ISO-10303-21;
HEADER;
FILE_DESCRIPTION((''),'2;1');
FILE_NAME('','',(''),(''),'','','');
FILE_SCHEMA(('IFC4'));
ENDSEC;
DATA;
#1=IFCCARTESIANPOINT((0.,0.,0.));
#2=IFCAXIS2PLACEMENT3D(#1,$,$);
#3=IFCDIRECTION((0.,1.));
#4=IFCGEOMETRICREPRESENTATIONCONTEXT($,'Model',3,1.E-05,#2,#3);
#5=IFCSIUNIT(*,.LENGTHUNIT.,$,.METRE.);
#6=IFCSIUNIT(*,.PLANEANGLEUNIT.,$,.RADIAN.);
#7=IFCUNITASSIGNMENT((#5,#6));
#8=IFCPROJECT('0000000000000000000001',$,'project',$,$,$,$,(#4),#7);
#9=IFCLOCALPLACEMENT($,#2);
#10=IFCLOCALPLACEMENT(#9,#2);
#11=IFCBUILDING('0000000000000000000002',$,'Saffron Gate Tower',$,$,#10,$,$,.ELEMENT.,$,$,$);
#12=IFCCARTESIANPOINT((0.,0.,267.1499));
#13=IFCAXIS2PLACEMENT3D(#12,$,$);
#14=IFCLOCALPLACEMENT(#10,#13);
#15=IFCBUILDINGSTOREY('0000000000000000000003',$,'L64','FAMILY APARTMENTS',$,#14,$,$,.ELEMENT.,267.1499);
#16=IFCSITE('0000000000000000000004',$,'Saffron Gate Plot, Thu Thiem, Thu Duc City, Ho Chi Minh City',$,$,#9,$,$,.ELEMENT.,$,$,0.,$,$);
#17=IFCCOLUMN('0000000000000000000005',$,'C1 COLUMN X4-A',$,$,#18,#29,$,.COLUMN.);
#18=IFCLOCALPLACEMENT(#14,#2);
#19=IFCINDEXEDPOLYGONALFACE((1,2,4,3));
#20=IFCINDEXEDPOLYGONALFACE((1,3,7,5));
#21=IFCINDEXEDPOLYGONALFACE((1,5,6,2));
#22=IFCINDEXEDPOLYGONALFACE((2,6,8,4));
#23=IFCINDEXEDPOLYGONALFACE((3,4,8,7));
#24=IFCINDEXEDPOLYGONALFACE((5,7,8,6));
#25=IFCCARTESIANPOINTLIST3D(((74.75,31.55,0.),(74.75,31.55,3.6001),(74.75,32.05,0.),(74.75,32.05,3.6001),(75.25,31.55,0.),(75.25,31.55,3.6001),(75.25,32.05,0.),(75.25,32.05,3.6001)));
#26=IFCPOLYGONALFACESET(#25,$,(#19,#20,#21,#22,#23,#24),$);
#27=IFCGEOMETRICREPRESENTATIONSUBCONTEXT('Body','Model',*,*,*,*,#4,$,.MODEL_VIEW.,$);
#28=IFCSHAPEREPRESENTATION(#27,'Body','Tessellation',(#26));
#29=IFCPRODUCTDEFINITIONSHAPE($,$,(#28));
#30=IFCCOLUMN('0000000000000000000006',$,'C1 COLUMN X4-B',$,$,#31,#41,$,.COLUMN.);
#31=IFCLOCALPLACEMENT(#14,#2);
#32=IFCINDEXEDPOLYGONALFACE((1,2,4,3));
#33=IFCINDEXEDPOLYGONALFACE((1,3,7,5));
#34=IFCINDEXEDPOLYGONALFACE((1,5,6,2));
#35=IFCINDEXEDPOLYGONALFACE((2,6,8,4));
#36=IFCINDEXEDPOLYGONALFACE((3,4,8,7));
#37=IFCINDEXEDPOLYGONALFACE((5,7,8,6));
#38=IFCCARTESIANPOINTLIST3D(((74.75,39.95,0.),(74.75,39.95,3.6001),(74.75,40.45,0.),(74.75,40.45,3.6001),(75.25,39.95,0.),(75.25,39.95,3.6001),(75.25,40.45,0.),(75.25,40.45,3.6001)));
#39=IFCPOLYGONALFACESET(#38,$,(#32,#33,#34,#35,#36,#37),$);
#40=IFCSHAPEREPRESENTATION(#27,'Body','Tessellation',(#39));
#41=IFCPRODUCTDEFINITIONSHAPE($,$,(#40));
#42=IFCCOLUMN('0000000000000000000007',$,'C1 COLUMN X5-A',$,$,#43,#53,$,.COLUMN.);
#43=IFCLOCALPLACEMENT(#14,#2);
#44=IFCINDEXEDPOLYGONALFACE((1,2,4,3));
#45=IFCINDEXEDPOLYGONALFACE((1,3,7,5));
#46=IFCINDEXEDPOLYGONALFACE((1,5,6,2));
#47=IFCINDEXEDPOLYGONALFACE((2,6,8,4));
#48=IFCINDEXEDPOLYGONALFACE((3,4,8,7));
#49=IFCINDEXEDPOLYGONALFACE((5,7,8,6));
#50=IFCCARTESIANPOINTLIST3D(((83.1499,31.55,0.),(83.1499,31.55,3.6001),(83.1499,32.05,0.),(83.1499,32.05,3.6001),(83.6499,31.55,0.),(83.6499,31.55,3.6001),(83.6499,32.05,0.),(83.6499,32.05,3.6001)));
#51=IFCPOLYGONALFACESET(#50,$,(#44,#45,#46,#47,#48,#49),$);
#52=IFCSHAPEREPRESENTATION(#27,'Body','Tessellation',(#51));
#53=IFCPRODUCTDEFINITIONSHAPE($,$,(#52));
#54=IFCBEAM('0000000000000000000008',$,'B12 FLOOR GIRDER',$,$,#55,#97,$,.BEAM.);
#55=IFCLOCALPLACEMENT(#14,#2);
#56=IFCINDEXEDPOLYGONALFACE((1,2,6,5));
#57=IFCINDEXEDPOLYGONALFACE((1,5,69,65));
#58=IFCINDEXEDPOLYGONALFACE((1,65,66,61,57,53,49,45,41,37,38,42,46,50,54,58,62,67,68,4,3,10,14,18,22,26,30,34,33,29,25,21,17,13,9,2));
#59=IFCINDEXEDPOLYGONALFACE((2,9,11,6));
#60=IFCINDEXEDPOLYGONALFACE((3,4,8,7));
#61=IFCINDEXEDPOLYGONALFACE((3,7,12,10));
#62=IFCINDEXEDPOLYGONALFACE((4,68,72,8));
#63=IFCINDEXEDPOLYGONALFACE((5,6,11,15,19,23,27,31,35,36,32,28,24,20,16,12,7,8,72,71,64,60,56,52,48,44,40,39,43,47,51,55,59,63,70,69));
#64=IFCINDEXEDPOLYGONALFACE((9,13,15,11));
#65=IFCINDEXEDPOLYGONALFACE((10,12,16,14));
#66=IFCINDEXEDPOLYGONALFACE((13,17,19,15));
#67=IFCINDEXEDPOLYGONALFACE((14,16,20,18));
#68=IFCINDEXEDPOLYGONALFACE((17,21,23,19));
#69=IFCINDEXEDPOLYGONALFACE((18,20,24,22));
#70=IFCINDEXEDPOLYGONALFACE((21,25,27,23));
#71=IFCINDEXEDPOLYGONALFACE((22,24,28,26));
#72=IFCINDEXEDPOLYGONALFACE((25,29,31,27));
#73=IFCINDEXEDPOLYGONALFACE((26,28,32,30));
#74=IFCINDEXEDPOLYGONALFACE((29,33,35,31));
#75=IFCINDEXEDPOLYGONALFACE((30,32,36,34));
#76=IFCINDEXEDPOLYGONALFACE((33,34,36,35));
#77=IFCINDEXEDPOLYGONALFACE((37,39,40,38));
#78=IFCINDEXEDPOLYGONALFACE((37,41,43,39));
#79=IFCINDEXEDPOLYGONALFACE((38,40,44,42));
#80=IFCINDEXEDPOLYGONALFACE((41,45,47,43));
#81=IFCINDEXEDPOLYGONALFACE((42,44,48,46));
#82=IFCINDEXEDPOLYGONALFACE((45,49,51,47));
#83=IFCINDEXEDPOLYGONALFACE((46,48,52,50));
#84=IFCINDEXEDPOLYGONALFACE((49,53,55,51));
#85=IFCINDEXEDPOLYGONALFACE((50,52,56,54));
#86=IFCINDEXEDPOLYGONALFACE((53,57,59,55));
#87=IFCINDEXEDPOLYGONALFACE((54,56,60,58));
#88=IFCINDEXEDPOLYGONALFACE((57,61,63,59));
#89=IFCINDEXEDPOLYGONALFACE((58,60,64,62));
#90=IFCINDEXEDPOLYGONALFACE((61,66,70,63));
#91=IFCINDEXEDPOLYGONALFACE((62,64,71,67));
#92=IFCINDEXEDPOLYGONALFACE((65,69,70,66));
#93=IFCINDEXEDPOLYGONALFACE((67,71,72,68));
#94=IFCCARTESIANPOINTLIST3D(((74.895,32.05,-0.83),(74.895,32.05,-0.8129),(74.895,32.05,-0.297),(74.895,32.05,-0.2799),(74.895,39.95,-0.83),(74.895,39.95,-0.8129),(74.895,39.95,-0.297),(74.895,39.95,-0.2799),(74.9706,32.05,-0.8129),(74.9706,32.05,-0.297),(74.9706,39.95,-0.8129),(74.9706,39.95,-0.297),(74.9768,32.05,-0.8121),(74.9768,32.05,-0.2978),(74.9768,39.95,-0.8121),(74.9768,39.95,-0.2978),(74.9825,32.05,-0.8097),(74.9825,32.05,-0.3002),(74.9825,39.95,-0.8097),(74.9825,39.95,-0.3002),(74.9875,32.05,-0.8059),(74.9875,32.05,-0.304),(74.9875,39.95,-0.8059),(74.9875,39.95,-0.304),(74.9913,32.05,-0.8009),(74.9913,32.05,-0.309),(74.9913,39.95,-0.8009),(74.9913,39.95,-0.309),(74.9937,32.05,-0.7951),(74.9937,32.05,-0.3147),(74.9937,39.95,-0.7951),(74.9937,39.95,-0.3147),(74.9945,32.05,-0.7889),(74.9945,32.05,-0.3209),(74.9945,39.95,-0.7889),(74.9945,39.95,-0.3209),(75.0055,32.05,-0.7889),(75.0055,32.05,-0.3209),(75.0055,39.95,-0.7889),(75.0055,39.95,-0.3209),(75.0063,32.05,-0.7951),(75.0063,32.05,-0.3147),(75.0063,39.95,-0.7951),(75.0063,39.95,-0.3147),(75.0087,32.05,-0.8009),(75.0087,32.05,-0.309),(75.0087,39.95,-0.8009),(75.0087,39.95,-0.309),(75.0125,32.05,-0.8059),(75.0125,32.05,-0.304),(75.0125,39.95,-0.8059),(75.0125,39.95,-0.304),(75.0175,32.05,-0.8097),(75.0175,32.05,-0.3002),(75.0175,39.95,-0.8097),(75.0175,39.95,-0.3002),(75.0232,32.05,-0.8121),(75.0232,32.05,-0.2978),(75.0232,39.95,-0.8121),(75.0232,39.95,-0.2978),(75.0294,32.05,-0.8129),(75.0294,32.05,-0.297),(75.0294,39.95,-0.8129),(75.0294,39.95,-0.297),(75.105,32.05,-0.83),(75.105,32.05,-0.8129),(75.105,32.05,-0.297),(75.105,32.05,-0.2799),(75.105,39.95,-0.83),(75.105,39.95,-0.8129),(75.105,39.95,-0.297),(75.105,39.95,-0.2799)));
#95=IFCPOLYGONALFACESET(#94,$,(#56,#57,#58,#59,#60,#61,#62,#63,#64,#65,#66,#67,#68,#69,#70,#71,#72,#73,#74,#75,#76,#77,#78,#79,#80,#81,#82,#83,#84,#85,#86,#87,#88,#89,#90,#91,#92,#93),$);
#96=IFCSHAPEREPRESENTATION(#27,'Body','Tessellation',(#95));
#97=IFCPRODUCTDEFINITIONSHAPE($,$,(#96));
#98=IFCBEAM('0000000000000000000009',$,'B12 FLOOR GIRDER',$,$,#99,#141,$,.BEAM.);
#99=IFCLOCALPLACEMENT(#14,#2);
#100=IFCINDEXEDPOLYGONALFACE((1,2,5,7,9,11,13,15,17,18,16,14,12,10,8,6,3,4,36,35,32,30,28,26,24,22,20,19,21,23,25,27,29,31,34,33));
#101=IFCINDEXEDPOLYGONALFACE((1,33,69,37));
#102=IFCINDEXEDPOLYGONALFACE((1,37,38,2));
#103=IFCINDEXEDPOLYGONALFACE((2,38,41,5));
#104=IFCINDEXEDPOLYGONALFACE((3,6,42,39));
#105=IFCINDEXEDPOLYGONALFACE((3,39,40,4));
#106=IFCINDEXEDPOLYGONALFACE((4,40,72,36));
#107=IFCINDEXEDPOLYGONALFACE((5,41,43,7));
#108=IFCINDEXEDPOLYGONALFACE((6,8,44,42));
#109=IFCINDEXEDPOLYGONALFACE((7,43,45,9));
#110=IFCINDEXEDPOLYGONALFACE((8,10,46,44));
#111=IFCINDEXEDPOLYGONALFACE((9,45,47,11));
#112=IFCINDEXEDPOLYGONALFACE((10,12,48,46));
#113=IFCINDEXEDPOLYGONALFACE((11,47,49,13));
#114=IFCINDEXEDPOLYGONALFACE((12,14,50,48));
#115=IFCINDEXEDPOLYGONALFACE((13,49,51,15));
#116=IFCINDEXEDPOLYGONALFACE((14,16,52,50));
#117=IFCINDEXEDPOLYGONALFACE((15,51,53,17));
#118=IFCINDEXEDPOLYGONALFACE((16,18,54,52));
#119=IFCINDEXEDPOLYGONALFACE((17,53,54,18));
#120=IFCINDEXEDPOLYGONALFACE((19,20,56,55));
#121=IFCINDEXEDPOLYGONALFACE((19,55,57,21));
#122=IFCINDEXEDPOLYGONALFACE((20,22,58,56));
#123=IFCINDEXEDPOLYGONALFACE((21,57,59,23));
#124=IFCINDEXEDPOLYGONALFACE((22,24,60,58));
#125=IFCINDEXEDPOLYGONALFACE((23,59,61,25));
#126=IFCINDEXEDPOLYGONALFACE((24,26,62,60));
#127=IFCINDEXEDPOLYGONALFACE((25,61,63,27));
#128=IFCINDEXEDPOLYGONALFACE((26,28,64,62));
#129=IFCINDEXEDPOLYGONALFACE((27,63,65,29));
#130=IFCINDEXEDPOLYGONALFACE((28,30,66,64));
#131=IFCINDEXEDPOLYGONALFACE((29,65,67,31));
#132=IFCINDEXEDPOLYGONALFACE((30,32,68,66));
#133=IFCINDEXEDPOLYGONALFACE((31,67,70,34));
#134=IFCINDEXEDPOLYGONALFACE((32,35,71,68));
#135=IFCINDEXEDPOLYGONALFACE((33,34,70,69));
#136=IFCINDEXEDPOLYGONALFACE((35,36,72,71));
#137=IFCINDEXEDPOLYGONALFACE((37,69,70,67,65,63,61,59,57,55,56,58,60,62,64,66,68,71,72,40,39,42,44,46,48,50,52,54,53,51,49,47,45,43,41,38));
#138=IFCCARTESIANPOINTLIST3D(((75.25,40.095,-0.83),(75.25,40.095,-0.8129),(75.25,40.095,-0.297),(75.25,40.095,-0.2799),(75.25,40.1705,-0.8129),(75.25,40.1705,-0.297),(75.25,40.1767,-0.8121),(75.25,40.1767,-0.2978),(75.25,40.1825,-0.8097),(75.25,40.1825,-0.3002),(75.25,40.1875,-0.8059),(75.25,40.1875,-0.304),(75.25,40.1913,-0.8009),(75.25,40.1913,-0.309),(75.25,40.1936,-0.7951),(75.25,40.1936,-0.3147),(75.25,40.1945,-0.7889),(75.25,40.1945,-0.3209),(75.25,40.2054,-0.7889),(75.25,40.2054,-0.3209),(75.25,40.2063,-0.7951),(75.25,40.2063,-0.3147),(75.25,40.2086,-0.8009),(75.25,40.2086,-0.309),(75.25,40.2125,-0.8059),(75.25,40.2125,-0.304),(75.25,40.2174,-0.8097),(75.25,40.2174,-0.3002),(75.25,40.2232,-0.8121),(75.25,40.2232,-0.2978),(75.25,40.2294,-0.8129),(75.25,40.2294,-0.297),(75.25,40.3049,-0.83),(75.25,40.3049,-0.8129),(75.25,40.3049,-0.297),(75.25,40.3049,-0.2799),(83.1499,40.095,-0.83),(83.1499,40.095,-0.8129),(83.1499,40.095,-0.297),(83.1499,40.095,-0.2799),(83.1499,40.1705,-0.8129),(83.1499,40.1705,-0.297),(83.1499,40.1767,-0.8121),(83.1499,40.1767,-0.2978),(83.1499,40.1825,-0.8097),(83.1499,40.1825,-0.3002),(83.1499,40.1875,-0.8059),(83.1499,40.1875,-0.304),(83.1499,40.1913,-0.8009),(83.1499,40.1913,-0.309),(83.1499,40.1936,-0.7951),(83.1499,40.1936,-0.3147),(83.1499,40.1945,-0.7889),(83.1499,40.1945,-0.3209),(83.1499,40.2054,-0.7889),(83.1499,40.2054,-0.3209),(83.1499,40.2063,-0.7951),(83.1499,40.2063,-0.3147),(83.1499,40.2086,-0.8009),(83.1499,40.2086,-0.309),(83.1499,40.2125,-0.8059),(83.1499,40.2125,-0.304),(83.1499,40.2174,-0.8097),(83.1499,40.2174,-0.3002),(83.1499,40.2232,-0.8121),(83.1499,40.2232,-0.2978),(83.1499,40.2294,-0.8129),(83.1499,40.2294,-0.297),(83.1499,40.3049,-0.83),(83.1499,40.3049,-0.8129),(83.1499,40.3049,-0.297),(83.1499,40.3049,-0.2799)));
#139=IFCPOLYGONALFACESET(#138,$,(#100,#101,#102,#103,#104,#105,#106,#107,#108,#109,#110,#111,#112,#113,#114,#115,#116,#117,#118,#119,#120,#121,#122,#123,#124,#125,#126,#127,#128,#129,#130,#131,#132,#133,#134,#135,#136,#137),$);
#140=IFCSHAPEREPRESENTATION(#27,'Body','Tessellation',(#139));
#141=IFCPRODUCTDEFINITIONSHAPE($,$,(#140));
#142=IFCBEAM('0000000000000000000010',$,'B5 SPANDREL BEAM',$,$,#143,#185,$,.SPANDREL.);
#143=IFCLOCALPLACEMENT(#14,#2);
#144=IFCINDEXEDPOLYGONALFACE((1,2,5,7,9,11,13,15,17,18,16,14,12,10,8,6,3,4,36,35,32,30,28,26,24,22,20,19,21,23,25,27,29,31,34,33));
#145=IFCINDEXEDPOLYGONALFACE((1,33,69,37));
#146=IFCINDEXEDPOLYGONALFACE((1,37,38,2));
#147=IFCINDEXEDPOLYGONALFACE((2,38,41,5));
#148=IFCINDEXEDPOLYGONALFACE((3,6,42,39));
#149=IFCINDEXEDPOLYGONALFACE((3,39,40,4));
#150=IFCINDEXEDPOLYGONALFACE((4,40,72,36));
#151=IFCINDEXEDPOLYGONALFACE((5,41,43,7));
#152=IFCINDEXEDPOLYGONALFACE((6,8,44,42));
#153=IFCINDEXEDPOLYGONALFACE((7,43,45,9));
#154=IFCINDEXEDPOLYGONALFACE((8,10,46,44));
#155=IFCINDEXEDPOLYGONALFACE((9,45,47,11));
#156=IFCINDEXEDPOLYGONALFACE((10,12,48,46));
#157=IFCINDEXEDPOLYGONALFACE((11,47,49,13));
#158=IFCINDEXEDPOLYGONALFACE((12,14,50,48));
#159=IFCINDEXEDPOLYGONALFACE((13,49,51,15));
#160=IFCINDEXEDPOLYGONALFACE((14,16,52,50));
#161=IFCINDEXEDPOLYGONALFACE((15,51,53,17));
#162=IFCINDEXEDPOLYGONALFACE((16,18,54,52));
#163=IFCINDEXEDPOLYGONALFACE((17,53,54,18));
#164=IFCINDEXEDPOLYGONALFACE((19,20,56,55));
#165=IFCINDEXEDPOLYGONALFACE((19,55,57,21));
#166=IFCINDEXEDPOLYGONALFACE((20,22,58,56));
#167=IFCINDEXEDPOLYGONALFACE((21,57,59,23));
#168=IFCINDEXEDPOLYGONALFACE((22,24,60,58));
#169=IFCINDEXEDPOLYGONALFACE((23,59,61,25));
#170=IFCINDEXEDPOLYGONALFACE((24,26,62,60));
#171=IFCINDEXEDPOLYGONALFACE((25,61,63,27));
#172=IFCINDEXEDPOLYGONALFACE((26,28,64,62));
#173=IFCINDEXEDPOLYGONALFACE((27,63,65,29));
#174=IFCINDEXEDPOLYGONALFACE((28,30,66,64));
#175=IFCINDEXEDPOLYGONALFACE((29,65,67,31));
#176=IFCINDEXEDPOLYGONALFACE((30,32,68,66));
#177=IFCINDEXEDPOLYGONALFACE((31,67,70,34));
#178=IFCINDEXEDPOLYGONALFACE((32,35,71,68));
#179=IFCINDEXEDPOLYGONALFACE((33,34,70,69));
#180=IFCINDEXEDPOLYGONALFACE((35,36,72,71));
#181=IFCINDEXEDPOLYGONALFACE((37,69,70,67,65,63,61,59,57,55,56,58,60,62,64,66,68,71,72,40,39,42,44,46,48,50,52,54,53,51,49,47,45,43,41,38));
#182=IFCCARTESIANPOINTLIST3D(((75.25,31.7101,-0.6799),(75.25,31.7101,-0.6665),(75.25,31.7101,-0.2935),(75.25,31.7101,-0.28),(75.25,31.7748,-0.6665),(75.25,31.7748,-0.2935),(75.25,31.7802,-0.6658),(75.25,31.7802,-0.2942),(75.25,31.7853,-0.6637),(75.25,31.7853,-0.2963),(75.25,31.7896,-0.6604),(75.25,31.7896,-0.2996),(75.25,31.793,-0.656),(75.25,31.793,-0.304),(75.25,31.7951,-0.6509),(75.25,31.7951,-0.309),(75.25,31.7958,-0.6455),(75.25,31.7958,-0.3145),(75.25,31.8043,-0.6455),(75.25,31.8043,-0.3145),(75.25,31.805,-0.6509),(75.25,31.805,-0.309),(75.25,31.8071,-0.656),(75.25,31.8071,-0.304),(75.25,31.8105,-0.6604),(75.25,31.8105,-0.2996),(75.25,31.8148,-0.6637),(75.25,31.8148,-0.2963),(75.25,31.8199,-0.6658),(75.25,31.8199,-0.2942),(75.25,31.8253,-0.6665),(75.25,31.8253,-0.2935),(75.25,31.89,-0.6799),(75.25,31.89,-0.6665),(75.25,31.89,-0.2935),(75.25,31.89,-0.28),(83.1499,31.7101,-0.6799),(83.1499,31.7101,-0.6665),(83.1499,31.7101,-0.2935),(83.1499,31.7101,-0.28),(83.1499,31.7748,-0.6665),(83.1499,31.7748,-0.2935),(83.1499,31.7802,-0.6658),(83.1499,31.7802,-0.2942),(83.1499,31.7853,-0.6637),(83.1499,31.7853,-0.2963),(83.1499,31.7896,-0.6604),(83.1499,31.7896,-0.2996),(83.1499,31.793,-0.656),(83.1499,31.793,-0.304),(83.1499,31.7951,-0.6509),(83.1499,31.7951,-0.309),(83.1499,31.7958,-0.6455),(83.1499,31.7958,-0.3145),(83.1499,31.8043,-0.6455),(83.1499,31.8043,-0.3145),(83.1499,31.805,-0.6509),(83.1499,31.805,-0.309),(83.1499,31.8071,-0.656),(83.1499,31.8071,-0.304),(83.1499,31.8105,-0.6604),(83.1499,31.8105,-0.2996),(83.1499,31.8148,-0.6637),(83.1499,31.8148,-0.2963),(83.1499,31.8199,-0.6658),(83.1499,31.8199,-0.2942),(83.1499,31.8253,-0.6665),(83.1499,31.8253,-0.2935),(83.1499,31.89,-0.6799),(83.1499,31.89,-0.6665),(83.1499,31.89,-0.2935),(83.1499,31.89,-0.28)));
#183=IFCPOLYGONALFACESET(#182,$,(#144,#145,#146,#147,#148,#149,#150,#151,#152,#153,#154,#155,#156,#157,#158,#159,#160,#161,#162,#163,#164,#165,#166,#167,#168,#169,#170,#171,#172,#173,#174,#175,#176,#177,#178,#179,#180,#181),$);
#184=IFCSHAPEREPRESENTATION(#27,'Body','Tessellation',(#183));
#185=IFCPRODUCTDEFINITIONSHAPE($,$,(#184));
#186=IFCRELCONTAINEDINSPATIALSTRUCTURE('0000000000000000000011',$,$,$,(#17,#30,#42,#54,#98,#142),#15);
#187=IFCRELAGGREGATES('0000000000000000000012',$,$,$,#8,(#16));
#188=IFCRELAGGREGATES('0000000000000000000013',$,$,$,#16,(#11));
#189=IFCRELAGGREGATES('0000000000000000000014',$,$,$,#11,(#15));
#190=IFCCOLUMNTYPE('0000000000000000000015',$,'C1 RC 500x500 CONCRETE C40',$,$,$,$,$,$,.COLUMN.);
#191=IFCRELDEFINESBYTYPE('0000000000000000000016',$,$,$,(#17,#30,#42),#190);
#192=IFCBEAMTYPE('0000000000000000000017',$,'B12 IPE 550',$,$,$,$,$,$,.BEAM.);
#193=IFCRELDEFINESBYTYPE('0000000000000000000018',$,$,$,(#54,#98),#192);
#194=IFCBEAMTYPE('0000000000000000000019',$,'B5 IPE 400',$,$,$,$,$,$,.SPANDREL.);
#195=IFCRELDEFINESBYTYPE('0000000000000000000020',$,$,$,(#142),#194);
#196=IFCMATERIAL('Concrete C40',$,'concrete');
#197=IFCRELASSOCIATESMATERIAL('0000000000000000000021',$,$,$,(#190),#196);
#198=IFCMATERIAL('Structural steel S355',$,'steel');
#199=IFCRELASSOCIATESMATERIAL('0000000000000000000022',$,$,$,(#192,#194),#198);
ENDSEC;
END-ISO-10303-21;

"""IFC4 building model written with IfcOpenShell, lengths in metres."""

from ifc_helpers import new_model, si_unit, direction, frame, origin, origin_2d, place, context, subcontext, project, spatial, rectangle, i_section, extrude, material, material_profile, profile_set, type_object, element, save


model = new_model("IFC4")

# Units and contexts
model_context = context("Model", 3, precision=1e-05, world=origin(), true_north=direction((0.0, 1.0)))
body_context = subcontext(model_context, "Body", "Model", "MODEL_VIEW")
ifc_project = project(units=[si_unit("LENGTHUNIT", "METRE"), si_unit("PLANEANGLEUNIT", "RADIAN")], contexts=[model_context])

# Site, building, storey
site_placement = place(None, origin())
site = spatial("IfcSite", under=ifc_project, at=site_placement, Name="Saffron Gate Plot, Thu Thiem, Thu Duc City, Ho Chi Minh City", CompositionType="ELEMENT", RefElevation=0.0)
building_placement = place(site_placement, origin())
building = spatial("IfcBuilding", under=site, at=building_placement, Name="Saffron Gate Tower", CompositionType="ELEMENT")
storey_placement = place(building_placement, frame((0.0, 0.0, 267.1499)))
storey = spatial("IfcBuildingStorey", under=building, at=storey_placement, Name="L64", Description="FAMILY APARTMENTS", CompositionType="ELEMENT", Elevation=267.1499)

# Columns
ifc_material_1 = material(Name="Concrete C40", Category="concrete")
ifc_material_profile_1 = material_profile(ifc_material_1, rectangle(XDim=0.5, YDim=0.5, at=origin_2d()))
ifc_profile_set_1 = profile_set([ifc_material_profile_1], Name="Concrete C40")
column_type = type_object("IfcColumnType", Name="C1 RC 500x500 CONCRETE C40", PredefinedType="COLUMN", material=ifc_profile_set_1)
for number, where, z_axis, x_axis, name in (
    (1, (75.0, 31.8, 0.0), (0.0, 0.0, 1.0), (1.0, 0.0, 0.0), "C1 COLUMN X4-A"),
    (2, (75.0, 40.2, 0.0), (0.0, 0.0, 1.0), (1.0, 0.0, 0.0), "C1 COLUMN X4-B"),
    (3, (83.3999, 31.8, 0.0), (0.0, 0.0, 1.0), (1.0, 0.0, 0.0), "C1 COLUMN X5-A"),
):
    element("IfcColumn", number, at=place(storey_placement, frame(where, z_axis=z_axis, x_axis=x_axis)), inside=storey, type_object=column_type, Name=name, PredefinedType="COLUMN", context=body_context, shape_type="SweptSolid", body=[
        extrude(rectangle(XDim=0.5, YDim=0.5, at=origin_2d()), origin(), (0.0, 0.0, 1.0), 3.6001),
    ])

# Beams
ifc_material_2 = material(Name="Structural steel S355", Category="steel")
ifc_material_profile_2 = material_profile(ifc_material_2, i_section(OverallWidth=0.21, OverallDepth=0.55, WebThickness=0.011, FlangeThickness=0.0171, FilletRadius=0.0239, at=origin_2d()))
ifc_profile_set_2 = profile_set([ifc_material_profile_2], Name="Structural steel S355")
beam_type_1 = type_object("IfcBeamType", Name="B12 IPE 550", PredefinedType="BEAM", material=ifc_profile_set_2)
for number, where, z_axis, x_axis, name in (
    (4, (75.0, 32.05, -0.5549), (0.0, 1.0, 0.0), (-1.0, 0.0, 0.0), "B12 FLOOR GIRDER"),
    (5, (75.25, 40.2, -0.5549), (1.0, 0.0, 0.0), (0.0, 1.0, 0.0), "B12 FLOOR GIRDER"),
):
    element("IfcBeam", number, at=place(storey_placement, frame(where, z_axis=z_axis, x_axis=x_axis)), inside=storey, type_object=beam_type_1, Name=name, PredefinedType="BEAM", context=body_context, shape_type="SweptSolid", body=[
        extrude(i_section(OverallWidth=0.21, OverallDepth=0.55, WebThickness=0.011, FlangeThickness=0.0171, FilletRadius=0.0239, at=origin_2d()), origin(), (0.0, 0.0, 1.0), 7.8999),
    ])
ifc_material_profile_3 = material_profile(ifc_material_2, i_section(OverallWidth=0.1799, OverallDepth=0.3999, WebThickness=0.0085, FlangeThickness=0.0134, FilletRadius=0.021, at=origin_2d()))
ifc_profile_set_3 = profile_set([ifc_material_profile_3], Name="Structural steel S355")
beam_type_2 = type_object("IfcBeamType", Name="B5 IPE 400", PredefinedType="SPANDREL", material=ifc_profile_set_3)
beam_1_placement = place(storey_placement, frame((75.25, 31.8, -0.48), z_axis=(1.0, 0.0, 0.0), x_axis=(0.0, 1.0, 0.0)))
element("IfcBeam", 6, at=beam_1_placement, inside=storey, type_object=beam_type_2, Name="B5 SPANDREL BEAM", PredefinedType="SPANDREL", context=body_context, shape_type="SweptSolid", body=[
    extrude(i_section(OverallWidth=0.1799, OverallDepth=0.3999, WebThickness=0.0085, FlangeThickness=0.0134, FilletRadius=0.021, at=origin_2d()), origin(), (0.0, 0.0, 1.0), 7.8999),
])

save(model, "model.ifc")
